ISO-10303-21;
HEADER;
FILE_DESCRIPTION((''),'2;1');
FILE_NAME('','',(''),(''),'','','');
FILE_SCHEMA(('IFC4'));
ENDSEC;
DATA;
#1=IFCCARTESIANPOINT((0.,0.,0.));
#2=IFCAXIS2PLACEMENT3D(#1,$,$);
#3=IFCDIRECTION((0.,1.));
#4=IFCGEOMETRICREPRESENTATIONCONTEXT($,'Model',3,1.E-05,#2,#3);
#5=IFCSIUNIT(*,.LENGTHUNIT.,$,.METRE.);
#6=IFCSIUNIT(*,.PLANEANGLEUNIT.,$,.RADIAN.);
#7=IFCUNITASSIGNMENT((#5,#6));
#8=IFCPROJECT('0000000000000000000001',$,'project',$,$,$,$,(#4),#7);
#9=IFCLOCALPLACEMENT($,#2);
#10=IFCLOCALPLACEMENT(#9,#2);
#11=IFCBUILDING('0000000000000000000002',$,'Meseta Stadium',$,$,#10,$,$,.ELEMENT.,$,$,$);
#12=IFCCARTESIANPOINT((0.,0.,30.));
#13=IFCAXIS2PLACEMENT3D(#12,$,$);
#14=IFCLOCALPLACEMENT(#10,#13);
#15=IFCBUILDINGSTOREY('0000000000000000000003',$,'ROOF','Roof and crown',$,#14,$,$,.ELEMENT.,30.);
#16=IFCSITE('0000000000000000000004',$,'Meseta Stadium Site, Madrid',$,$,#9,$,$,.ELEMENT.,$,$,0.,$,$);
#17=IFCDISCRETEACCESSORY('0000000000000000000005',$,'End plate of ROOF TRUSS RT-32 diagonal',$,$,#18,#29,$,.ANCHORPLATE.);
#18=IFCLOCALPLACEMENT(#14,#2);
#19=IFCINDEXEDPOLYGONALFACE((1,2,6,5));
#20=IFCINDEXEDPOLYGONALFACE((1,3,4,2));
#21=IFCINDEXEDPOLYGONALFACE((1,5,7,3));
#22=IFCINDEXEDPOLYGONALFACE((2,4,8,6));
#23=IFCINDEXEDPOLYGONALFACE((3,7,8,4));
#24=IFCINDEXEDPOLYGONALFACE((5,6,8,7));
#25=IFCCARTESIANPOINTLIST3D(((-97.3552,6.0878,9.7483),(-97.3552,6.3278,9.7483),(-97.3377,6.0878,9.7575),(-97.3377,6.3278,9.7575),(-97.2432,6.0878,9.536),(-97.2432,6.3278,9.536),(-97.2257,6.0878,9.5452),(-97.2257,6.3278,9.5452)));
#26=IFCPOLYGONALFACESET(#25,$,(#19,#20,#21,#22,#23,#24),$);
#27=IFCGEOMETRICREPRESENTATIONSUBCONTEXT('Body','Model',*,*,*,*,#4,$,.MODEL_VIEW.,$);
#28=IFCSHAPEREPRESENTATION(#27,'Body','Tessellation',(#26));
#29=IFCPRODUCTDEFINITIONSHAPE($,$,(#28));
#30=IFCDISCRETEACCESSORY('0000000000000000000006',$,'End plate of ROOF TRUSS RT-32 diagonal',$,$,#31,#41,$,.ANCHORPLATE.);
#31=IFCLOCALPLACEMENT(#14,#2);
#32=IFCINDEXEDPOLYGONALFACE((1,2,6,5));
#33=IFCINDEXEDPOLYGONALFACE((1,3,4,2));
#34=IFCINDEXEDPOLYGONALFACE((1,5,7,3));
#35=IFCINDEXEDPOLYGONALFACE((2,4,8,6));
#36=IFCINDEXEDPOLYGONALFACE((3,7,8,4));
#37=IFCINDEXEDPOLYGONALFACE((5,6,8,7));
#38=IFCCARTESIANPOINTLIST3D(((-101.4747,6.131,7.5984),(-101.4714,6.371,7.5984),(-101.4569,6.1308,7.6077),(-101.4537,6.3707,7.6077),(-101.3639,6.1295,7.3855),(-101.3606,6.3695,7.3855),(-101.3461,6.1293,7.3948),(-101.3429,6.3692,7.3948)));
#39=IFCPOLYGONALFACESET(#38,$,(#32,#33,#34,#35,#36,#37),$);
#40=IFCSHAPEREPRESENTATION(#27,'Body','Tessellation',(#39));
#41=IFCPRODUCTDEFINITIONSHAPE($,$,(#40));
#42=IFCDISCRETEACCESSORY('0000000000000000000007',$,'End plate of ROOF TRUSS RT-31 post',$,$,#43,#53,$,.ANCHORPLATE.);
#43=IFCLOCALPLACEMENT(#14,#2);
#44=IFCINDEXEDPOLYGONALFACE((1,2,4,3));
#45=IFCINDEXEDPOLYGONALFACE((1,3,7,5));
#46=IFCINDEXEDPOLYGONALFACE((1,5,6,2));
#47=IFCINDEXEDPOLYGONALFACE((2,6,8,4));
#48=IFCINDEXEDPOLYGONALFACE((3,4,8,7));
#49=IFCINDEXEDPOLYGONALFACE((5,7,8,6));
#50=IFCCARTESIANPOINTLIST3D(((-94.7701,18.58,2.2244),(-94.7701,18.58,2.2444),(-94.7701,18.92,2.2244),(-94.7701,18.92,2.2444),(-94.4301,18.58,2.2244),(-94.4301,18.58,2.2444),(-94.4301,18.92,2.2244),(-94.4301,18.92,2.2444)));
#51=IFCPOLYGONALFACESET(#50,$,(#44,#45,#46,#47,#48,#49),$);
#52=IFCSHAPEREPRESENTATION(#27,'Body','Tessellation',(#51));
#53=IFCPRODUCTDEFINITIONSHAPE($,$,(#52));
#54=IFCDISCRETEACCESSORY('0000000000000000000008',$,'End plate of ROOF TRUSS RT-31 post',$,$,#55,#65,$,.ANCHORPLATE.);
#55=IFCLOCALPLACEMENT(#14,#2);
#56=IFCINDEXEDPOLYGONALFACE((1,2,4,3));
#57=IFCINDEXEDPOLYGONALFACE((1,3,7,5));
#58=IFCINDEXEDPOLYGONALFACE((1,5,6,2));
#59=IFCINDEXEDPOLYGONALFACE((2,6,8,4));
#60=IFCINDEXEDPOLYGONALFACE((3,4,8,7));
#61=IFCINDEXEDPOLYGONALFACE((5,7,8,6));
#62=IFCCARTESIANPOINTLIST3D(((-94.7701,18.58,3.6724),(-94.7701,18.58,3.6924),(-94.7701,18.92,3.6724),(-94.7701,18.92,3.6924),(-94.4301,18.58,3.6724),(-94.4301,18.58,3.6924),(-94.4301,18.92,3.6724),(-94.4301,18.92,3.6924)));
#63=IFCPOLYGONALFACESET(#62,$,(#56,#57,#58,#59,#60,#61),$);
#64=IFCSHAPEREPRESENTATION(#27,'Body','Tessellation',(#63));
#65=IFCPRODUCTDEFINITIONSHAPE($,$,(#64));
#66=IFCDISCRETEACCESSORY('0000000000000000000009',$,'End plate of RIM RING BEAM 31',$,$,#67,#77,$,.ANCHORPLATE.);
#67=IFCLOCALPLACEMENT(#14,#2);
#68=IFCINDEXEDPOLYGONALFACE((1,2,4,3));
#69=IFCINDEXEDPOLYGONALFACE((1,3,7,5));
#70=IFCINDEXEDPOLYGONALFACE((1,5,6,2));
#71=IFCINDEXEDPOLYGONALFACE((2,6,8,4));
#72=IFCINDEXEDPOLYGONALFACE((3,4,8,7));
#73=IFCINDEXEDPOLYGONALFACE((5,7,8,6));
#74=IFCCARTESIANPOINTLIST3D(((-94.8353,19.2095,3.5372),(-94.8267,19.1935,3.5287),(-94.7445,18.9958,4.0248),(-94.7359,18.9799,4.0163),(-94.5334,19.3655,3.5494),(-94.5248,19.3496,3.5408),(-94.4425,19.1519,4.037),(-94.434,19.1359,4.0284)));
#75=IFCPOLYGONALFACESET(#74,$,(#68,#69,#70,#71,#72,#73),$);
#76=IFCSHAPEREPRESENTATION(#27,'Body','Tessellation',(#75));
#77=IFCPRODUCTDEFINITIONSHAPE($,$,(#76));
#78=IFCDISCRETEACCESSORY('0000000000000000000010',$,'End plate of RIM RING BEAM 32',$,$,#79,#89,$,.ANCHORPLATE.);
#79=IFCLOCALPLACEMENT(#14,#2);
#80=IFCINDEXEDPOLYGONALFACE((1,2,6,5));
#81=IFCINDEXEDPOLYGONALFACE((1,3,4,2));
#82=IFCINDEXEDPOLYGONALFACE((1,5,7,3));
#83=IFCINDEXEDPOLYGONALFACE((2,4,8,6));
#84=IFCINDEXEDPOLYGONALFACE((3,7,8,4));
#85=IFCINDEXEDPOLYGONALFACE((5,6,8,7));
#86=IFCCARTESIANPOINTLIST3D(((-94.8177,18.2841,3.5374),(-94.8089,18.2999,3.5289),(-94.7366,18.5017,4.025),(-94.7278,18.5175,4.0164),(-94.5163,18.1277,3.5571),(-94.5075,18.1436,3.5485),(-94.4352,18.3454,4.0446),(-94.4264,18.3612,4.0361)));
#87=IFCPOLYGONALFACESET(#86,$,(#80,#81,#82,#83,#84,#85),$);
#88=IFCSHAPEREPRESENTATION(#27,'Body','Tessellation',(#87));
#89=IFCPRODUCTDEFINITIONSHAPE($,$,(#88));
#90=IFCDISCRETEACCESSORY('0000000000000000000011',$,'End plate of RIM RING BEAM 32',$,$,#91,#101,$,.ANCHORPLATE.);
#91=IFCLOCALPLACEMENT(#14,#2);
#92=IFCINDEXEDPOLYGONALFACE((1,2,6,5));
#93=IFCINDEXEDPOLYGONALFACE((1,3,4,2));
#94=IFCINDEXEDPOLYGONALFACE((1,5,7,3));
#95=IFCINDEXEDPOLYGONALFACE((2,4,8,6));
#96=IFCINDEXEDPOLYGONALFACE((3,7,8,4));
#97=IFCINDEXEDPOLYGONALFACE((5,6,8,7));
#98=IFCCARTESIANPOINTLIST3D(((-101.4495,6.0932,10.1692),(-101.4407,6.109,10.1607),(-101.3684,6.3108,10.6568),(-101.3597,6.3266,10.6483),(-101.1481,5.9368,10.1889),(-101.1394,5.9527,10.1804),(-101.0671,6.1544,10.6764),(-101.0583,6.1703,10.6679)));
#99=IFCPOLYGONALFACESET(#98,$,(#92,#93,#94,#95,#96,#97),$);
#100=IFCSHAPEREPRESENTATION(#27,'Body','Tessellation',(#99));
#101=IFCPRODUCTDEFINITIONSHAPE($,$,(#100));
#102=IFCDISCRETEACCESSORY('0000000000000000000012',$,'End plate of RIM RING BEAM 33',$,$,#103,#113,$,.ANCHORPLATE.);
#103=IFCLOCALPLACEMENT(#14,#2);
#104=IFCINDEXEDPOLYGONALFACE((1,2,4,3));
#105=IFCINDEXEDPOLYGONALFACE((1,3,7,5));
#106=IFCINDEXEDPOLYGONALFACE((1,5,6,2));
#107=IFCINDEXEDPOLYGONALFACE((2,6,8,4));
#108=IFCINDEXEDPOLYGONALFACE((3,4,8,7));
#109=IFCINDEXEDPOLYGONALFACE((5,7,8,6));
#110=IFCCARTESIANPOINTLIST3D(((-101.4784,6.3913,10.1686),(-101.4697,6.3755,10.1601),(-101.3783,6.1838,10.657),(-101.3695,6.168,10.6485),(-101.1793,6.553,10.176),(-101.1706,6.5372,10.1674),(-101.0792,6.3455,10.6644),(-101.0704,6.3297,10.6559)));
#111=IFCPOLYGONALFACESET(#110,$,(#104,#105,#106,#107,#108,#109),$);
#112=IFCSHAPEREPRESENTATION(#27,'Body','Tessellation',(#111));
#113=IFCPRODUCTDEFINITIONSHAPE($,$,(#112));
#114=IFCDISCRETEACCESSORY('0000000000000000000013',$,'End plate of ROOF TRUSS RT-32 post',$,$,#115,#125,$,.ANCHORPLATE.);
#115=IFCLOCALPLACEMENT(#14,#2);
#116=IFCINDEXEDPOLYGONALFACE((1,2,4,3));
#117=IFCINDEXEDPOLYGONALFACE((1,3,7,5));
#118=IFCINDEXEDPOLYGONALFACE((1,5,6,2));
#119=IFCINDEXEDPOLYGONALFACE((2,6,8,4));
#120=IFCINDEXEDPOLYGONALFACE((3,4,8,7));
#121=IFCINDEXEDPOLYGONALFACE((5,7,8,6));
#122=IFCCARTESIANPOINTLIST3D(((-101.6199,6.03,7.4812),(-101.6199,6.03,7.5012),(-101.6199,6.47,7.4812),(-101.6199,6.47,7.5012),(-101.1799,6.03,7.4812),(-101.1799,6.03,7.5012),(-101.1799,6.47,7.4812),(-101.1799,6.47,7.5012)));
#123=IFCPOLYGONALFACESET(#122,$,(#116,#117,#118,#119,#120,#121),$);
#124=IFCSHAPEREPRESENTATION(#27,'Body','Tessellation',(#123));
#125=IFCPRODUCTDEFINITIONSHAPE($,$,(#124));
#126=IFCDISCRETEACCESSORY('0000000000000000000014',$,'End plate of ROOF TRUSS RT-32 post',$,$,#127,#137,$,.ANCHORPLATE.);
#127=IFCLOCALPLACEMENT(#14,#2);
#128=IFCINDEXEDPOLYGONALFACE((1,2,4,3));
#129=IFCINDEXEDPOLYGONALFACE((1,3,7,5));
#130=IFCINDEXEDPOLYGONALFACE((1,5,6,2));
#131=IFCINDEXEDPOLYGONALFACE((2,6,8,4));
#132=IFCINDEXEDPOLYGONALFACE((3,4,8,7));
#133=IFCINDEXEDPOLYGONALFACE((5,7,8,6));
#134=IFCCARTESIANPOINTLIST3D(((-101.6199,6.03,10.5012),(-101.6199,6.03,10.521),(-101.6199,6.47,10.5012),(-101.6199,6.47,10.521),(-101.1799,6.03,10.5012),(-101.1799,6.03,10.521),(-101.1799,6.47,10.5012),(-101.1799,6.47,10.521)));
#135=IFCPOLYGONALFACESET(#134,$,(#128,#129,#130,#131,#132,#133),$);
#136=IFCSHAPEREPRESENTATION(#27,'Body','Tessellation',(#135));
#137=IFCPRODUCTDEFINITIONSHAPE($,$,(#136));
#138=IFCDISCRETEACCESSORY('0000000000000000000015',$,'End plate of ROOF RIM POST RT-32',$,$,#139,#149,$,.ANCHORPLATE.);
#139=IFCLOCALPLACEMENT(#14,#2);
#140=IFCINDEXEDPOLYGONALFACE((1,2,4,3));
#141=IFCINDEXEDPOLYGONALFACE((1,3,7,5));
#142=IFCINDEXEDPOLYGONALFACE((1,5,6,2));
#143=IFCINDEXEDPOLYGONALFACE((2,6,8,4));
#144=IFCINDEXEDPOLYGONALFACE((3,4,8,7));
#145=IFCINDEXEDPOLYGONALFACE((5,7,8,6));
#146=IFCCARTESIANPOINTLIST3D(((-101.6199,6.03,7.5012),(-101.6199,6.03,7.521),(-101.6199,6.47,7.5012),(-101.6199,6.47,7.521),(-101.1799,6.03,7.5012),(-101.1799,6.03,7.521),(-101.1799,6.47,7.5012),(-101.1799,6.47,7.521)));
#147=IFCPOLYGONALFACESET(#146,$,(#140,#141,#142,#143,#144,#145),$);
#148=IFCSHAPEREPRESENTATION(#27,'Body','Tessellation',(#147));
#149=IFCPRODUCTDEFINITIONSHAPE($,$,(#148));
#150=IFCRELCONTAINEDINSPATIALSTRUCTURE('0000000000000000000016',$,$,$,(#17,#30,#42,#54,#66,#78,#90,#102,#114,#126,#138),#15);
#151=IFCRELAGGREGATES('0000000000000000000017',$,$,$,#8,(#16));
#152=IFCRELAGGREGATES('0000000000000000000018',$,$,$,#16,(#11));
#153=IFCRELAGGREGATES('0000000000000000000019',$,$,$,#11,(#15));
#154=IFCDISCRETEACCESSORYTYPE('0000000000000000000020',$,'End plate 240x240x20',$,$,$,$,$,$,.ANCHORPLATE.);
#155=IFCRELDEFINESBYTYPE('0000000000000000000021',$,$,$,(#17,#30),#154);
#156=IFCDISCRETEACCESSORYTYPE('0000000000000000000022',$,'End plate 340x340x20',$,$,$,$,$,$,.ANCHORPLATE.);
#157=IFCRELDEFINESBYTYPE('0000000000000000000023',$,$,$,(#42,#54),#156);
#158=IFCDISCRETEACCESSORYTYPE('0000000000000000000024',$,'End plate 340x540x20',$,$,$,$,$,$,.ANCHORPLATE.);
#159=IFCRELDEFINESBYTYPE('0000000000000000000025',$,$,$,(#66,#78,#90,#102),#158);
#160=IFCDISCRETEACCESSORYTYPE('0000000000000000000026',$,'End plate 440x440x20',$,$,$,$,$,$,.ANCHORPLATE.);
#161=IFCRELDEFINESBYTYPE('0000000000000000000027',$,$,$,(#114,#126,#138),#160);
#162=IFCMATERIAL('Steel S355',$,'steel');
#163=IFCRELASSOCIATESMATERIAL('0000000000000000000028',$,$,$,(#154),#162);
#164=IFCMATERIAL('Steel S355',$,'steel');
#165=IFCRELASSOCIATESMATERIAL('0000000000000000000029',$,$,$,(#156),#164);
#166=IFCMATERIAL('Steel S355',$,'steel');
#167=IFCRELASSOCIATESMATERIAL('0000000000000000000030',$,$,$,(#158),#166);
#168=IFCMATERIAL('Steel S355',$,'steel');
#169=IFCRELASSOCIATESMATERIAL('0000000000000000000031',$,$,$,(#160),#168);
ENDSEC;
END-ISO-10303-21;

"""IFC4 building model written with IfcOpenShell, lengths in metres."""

from ifc_helpers import new_model, si_unit, direction, frame, origin, origin_2d, place, context, subcontext, project, spatial, rectangle, extrude, material, material_profile, profile_set, type_object, element, save


model = new_model("IFC4")

# Units and contexts
model_context = context("Model", 3, precision=1e-05, world=origin(), true_north=direction((0.0, 1.0)))
body_context = subcontext(model_context, "Body", "Model", "MODEL_VIEW")
ifc_project = project(units=[si_unit("LENGTHUNIT", "METRE"), si_unit("PLANEANGLEUNIT", "RADIAN")], contexts=[model_context])

# Site, building, storey
site_placement = place(None, origin())
site = spatial("IfcSite", under=ifc_project, at=site_placement, Name="Meseta Stadium Site, Madrid", CompositionType="ELEMENT", RefElevation=0.0)
building_placement = place(site_placement, origin())
building = spatial("IfcBuilding", under=site, at=building_placement, Name="Meseta Stadium", CompositionType="ELEMENT")
storey_placement = place(building_placement, frame((0.0, 0.0, 30.0)))
storey = spatial("IfcBuildingStorey", under=building, at=storey_placement, Name="ROOF", Description="Roof and crown", CompositionType="ELEMENT", Elevation=30.0)

# Discrete accessories
ifc_material_1 = material(Name="Steel S355", Category="steel")
ifc_material_profile_1 = material_profile(ifc_material_1, rectangle(XDim=0.24, YDim=0.24, at=origin_2d()), Name="PL 240x240")
ifc_profile_set_1 = profile_set([ifc_material_profile_1], Name="Steel S355")
discrete_accessory_type_1 = type_object("IfcDiscreteAccessoryType", Name="End plate 240x240x20", PredefinedType="ANCHORPLATE", material=ifc_profile_set_1)
discrete_accessory_1_placement = place(storey_placement, frame((-97.2817, 6.2078, 9.6514), z_axis=(-0.884385, 0.0, -0.466759), x_axis=(0.0, -1.0, 0.0)))
element("IfcDiscreteAccessory", 1, at=discrete_accessory_1_placement, inside=storey, type_object=discrete_accessory_type_1, Name="End plate of ROOF TRUSS RT-32 diagonal", PredefinedType="ANCHORPLATE", context=body_context, shape_type="SweptSolid", body=[
    extrude(rectangle(XDim=0.24, YDim=0.24, at=origin_2d()), origin(), (0.0, 0.0, 1.0), 0.0198),
])
discrete_accessory_2_placement = place(storey_placement, frame((-101.3999, 6.25, 7.5012), z_axis=(-0.886952, 0.01215, -0.461701), x_axis=(-0.013697, -0.999906, 0.0)))
element("IfcDiscreteAccessory", 2, at=discrete_accessory_2_placement, inside=storey, type_object=discrete_accessory_type_1, Name="End plate of ROOF TRUSS RT-32 diagonal", PredefinedType="ANCHORPLATE", context=body_context, shape_type="SweptSolid", body=[
    extrude(rectangle(XDim=0.24, YDim=0.24, at=origin_2d()), origin(), (0.0, 0.0, 1.0), 0.02),
])
ifc_material_2 = material(Name="Steel S355", Category="steel")
ifc_material_profile_2 = material_profile(ifc_material_2, rectangle(XDim=0.3401, YDim=0.3401, at=origin_2d()), Name="PL 340x340")
ifc_profile_set_2 = profile_set([ifc_material_profile_2], Name="Steel S355")
discrete_accessory_type_2 = type_object("IfcDiscreteAccessoryType", Name="End plate 340x340x20", PredefinedType="ANCHORPLATE", material=ifc_profile_set_2)
for number, where, z_axis, x_axis, name in (
    (3, (-94.6001, 18.75, 2.2244), (0.0, 0.0, 1.0), (1.0, 0.0, 0.0), "End plate of ROOF TRUSS RT-31 post"),
    (4, (-94.6001, 18.75, 3.6724), (0.0, 0.0, 1.0), (1.0, 0.0, 0.0), "End plate of ROOF TRUSS RT-31 post"),
):
    element("IfcDiscreteAccessory", number, at=place(storey_placement, frame(where, z_axis=z_axis, x_axis=x_axis)), inside=storey, type_object=discrete_accessory_type_2, Name=name, PredefinedType="ANCHORPLATE", context=body_context, shape_type="SweptSolid", body=[
        extrude(rectangle(XDim=0.3401, YDim=0.3401, at=origin_2d()), origin(), (0.0, 0.0, 1.0), 0.02),
    ])
ifc_material_3 = material(Name="Steel S355", Category="steel")
ifc_material_profile_3 = material_profile(ifc_material_3, rectangle(XDim=0.3401, YDim=0.54, at=origin_2d()), Name="PL 340x540")
ifc_profile_set_3 = profile_set([ifc_material_profile_3], Name="Steel S355")
discrete_accessory_type_3 = type_object("IfcDiscreteAccessoryType", Name="End plate 340x540x20", PredefinedType="ANCHORPLATE", material=ifc_profile_set_3)
for number, where, z_axis, x_axis, name in (
    (5, (-94.6389, 19.1807, 3.7871), (0.428393, -0.795587, -0.428393), (0.887801, 0.458843, 0.035665), "End plate of RIM RING BEAM 31"),
    (6, (-94.6177, 18.3306, 3.7825), (-0.438308, -0.791389, 0.426133), (0.886194, -0.459694, 0.057796), "End plate of RIM RING BEAM 32"),
    (7, (-101.2495, 6.1396, 10.4143), (-0.438308, -0.791389, 0.426133), (0.886194, -0.459694, 0.057796), "End plate of RIM RING BEAM 32"),
    (8, (-101.2788, 6.3684, 10.4165), (0.438308, -0.791389, -0.426133), (0.879482, 0.47544, 0.02165), "End plate of RIM RING BEAM 33"),
):
    element("IfcDiscreteAccessory", number, at=place(storey_placement, frame(where, z_axis=z_axis, x_axis=x_axis)), inside=storey, type_object=discrete_accessory_type_3, Name=name, PredefinedType="ANCHORPLATE", context=body_context, shape_type="SweptSolid", body=[
        extrude(rectangle(XDim=0.3401, YDim=0.54, at=origin_2d()), origin(), (0.0, 0.0, 1.0), 0.02),
    ])
ifc_material_4 = material(Name="Steel S355", Category="steel")
ifc_material_profile_4 = material_profile(ifc_material_4, rectangle(XDim=0.4399, YDim=0.4399, at=origin_2d()), Name="PL 440x440")
ifc_profile_set_4 = profile_set([ifc_material_profile_4], Name="Steel S355")
discrete_accessory_type_4 = type_object("IfcDiscreteAccessoryType", Name="End plate 440x440x20", PredefinedType="ANCHORPLATE", material=ifc_profile_set_4)
discrete_accessory_3_placement = place(storey_placement, frame((-101.3999, 6.25, 7.4812), z_axis=(0.0, 0.0, 1.0), x_axis=(1.0, 0.0, 0.0)))
element("IfcDiscreteAccessory", 9, at=discrete_accessory_3_placement, inside=storey, type_object=discrete_accessory_type_4, Name="End plate of ROOF TRUSS RT-32 post", PredefinedType="ANCHORPLATE", context=body_context, shape_type="SweptSolid", body=[
    extrude(rectangle(XDim=0.4399, YDim=0.4399, at=origin_2d()), origin(), (0.0, 0.0, 1.0), 0.02),
])
for number, where, z_axis, x_axis, name in (
    (10, (-101.3999, 6.25, 10.5012), (0.0, 0.0, 1.0), (1.0, 0.0, 0.0), "End plate of ROOF TRUSS RT-32 post"),
    (11, (-101.3999, 6.25, 7.5012), (0.0, 0.0, 1.0), (1.0, 0.0, 0.0), "End plate of ROOF RIM POST RT-32"),
):
    element("IfcDiscreteAccessory", number, at=place(storey_placement, frame(where, z_axis=z_axis, x_axis=x_axis)), inside=storey, type_object=discrete_accessory_type_4, Name=name, PredefinedType="ANCHORPLATE", context=body_context, shape_type="SweptSolid", body=[
        extrude(rectangle(XDim=0.4399, YDim=0.4399, at=origin_2d()), origin(), (0.0, 0.0, 1.0), 0.0198),
    ])

save(model, "model.ifc")
